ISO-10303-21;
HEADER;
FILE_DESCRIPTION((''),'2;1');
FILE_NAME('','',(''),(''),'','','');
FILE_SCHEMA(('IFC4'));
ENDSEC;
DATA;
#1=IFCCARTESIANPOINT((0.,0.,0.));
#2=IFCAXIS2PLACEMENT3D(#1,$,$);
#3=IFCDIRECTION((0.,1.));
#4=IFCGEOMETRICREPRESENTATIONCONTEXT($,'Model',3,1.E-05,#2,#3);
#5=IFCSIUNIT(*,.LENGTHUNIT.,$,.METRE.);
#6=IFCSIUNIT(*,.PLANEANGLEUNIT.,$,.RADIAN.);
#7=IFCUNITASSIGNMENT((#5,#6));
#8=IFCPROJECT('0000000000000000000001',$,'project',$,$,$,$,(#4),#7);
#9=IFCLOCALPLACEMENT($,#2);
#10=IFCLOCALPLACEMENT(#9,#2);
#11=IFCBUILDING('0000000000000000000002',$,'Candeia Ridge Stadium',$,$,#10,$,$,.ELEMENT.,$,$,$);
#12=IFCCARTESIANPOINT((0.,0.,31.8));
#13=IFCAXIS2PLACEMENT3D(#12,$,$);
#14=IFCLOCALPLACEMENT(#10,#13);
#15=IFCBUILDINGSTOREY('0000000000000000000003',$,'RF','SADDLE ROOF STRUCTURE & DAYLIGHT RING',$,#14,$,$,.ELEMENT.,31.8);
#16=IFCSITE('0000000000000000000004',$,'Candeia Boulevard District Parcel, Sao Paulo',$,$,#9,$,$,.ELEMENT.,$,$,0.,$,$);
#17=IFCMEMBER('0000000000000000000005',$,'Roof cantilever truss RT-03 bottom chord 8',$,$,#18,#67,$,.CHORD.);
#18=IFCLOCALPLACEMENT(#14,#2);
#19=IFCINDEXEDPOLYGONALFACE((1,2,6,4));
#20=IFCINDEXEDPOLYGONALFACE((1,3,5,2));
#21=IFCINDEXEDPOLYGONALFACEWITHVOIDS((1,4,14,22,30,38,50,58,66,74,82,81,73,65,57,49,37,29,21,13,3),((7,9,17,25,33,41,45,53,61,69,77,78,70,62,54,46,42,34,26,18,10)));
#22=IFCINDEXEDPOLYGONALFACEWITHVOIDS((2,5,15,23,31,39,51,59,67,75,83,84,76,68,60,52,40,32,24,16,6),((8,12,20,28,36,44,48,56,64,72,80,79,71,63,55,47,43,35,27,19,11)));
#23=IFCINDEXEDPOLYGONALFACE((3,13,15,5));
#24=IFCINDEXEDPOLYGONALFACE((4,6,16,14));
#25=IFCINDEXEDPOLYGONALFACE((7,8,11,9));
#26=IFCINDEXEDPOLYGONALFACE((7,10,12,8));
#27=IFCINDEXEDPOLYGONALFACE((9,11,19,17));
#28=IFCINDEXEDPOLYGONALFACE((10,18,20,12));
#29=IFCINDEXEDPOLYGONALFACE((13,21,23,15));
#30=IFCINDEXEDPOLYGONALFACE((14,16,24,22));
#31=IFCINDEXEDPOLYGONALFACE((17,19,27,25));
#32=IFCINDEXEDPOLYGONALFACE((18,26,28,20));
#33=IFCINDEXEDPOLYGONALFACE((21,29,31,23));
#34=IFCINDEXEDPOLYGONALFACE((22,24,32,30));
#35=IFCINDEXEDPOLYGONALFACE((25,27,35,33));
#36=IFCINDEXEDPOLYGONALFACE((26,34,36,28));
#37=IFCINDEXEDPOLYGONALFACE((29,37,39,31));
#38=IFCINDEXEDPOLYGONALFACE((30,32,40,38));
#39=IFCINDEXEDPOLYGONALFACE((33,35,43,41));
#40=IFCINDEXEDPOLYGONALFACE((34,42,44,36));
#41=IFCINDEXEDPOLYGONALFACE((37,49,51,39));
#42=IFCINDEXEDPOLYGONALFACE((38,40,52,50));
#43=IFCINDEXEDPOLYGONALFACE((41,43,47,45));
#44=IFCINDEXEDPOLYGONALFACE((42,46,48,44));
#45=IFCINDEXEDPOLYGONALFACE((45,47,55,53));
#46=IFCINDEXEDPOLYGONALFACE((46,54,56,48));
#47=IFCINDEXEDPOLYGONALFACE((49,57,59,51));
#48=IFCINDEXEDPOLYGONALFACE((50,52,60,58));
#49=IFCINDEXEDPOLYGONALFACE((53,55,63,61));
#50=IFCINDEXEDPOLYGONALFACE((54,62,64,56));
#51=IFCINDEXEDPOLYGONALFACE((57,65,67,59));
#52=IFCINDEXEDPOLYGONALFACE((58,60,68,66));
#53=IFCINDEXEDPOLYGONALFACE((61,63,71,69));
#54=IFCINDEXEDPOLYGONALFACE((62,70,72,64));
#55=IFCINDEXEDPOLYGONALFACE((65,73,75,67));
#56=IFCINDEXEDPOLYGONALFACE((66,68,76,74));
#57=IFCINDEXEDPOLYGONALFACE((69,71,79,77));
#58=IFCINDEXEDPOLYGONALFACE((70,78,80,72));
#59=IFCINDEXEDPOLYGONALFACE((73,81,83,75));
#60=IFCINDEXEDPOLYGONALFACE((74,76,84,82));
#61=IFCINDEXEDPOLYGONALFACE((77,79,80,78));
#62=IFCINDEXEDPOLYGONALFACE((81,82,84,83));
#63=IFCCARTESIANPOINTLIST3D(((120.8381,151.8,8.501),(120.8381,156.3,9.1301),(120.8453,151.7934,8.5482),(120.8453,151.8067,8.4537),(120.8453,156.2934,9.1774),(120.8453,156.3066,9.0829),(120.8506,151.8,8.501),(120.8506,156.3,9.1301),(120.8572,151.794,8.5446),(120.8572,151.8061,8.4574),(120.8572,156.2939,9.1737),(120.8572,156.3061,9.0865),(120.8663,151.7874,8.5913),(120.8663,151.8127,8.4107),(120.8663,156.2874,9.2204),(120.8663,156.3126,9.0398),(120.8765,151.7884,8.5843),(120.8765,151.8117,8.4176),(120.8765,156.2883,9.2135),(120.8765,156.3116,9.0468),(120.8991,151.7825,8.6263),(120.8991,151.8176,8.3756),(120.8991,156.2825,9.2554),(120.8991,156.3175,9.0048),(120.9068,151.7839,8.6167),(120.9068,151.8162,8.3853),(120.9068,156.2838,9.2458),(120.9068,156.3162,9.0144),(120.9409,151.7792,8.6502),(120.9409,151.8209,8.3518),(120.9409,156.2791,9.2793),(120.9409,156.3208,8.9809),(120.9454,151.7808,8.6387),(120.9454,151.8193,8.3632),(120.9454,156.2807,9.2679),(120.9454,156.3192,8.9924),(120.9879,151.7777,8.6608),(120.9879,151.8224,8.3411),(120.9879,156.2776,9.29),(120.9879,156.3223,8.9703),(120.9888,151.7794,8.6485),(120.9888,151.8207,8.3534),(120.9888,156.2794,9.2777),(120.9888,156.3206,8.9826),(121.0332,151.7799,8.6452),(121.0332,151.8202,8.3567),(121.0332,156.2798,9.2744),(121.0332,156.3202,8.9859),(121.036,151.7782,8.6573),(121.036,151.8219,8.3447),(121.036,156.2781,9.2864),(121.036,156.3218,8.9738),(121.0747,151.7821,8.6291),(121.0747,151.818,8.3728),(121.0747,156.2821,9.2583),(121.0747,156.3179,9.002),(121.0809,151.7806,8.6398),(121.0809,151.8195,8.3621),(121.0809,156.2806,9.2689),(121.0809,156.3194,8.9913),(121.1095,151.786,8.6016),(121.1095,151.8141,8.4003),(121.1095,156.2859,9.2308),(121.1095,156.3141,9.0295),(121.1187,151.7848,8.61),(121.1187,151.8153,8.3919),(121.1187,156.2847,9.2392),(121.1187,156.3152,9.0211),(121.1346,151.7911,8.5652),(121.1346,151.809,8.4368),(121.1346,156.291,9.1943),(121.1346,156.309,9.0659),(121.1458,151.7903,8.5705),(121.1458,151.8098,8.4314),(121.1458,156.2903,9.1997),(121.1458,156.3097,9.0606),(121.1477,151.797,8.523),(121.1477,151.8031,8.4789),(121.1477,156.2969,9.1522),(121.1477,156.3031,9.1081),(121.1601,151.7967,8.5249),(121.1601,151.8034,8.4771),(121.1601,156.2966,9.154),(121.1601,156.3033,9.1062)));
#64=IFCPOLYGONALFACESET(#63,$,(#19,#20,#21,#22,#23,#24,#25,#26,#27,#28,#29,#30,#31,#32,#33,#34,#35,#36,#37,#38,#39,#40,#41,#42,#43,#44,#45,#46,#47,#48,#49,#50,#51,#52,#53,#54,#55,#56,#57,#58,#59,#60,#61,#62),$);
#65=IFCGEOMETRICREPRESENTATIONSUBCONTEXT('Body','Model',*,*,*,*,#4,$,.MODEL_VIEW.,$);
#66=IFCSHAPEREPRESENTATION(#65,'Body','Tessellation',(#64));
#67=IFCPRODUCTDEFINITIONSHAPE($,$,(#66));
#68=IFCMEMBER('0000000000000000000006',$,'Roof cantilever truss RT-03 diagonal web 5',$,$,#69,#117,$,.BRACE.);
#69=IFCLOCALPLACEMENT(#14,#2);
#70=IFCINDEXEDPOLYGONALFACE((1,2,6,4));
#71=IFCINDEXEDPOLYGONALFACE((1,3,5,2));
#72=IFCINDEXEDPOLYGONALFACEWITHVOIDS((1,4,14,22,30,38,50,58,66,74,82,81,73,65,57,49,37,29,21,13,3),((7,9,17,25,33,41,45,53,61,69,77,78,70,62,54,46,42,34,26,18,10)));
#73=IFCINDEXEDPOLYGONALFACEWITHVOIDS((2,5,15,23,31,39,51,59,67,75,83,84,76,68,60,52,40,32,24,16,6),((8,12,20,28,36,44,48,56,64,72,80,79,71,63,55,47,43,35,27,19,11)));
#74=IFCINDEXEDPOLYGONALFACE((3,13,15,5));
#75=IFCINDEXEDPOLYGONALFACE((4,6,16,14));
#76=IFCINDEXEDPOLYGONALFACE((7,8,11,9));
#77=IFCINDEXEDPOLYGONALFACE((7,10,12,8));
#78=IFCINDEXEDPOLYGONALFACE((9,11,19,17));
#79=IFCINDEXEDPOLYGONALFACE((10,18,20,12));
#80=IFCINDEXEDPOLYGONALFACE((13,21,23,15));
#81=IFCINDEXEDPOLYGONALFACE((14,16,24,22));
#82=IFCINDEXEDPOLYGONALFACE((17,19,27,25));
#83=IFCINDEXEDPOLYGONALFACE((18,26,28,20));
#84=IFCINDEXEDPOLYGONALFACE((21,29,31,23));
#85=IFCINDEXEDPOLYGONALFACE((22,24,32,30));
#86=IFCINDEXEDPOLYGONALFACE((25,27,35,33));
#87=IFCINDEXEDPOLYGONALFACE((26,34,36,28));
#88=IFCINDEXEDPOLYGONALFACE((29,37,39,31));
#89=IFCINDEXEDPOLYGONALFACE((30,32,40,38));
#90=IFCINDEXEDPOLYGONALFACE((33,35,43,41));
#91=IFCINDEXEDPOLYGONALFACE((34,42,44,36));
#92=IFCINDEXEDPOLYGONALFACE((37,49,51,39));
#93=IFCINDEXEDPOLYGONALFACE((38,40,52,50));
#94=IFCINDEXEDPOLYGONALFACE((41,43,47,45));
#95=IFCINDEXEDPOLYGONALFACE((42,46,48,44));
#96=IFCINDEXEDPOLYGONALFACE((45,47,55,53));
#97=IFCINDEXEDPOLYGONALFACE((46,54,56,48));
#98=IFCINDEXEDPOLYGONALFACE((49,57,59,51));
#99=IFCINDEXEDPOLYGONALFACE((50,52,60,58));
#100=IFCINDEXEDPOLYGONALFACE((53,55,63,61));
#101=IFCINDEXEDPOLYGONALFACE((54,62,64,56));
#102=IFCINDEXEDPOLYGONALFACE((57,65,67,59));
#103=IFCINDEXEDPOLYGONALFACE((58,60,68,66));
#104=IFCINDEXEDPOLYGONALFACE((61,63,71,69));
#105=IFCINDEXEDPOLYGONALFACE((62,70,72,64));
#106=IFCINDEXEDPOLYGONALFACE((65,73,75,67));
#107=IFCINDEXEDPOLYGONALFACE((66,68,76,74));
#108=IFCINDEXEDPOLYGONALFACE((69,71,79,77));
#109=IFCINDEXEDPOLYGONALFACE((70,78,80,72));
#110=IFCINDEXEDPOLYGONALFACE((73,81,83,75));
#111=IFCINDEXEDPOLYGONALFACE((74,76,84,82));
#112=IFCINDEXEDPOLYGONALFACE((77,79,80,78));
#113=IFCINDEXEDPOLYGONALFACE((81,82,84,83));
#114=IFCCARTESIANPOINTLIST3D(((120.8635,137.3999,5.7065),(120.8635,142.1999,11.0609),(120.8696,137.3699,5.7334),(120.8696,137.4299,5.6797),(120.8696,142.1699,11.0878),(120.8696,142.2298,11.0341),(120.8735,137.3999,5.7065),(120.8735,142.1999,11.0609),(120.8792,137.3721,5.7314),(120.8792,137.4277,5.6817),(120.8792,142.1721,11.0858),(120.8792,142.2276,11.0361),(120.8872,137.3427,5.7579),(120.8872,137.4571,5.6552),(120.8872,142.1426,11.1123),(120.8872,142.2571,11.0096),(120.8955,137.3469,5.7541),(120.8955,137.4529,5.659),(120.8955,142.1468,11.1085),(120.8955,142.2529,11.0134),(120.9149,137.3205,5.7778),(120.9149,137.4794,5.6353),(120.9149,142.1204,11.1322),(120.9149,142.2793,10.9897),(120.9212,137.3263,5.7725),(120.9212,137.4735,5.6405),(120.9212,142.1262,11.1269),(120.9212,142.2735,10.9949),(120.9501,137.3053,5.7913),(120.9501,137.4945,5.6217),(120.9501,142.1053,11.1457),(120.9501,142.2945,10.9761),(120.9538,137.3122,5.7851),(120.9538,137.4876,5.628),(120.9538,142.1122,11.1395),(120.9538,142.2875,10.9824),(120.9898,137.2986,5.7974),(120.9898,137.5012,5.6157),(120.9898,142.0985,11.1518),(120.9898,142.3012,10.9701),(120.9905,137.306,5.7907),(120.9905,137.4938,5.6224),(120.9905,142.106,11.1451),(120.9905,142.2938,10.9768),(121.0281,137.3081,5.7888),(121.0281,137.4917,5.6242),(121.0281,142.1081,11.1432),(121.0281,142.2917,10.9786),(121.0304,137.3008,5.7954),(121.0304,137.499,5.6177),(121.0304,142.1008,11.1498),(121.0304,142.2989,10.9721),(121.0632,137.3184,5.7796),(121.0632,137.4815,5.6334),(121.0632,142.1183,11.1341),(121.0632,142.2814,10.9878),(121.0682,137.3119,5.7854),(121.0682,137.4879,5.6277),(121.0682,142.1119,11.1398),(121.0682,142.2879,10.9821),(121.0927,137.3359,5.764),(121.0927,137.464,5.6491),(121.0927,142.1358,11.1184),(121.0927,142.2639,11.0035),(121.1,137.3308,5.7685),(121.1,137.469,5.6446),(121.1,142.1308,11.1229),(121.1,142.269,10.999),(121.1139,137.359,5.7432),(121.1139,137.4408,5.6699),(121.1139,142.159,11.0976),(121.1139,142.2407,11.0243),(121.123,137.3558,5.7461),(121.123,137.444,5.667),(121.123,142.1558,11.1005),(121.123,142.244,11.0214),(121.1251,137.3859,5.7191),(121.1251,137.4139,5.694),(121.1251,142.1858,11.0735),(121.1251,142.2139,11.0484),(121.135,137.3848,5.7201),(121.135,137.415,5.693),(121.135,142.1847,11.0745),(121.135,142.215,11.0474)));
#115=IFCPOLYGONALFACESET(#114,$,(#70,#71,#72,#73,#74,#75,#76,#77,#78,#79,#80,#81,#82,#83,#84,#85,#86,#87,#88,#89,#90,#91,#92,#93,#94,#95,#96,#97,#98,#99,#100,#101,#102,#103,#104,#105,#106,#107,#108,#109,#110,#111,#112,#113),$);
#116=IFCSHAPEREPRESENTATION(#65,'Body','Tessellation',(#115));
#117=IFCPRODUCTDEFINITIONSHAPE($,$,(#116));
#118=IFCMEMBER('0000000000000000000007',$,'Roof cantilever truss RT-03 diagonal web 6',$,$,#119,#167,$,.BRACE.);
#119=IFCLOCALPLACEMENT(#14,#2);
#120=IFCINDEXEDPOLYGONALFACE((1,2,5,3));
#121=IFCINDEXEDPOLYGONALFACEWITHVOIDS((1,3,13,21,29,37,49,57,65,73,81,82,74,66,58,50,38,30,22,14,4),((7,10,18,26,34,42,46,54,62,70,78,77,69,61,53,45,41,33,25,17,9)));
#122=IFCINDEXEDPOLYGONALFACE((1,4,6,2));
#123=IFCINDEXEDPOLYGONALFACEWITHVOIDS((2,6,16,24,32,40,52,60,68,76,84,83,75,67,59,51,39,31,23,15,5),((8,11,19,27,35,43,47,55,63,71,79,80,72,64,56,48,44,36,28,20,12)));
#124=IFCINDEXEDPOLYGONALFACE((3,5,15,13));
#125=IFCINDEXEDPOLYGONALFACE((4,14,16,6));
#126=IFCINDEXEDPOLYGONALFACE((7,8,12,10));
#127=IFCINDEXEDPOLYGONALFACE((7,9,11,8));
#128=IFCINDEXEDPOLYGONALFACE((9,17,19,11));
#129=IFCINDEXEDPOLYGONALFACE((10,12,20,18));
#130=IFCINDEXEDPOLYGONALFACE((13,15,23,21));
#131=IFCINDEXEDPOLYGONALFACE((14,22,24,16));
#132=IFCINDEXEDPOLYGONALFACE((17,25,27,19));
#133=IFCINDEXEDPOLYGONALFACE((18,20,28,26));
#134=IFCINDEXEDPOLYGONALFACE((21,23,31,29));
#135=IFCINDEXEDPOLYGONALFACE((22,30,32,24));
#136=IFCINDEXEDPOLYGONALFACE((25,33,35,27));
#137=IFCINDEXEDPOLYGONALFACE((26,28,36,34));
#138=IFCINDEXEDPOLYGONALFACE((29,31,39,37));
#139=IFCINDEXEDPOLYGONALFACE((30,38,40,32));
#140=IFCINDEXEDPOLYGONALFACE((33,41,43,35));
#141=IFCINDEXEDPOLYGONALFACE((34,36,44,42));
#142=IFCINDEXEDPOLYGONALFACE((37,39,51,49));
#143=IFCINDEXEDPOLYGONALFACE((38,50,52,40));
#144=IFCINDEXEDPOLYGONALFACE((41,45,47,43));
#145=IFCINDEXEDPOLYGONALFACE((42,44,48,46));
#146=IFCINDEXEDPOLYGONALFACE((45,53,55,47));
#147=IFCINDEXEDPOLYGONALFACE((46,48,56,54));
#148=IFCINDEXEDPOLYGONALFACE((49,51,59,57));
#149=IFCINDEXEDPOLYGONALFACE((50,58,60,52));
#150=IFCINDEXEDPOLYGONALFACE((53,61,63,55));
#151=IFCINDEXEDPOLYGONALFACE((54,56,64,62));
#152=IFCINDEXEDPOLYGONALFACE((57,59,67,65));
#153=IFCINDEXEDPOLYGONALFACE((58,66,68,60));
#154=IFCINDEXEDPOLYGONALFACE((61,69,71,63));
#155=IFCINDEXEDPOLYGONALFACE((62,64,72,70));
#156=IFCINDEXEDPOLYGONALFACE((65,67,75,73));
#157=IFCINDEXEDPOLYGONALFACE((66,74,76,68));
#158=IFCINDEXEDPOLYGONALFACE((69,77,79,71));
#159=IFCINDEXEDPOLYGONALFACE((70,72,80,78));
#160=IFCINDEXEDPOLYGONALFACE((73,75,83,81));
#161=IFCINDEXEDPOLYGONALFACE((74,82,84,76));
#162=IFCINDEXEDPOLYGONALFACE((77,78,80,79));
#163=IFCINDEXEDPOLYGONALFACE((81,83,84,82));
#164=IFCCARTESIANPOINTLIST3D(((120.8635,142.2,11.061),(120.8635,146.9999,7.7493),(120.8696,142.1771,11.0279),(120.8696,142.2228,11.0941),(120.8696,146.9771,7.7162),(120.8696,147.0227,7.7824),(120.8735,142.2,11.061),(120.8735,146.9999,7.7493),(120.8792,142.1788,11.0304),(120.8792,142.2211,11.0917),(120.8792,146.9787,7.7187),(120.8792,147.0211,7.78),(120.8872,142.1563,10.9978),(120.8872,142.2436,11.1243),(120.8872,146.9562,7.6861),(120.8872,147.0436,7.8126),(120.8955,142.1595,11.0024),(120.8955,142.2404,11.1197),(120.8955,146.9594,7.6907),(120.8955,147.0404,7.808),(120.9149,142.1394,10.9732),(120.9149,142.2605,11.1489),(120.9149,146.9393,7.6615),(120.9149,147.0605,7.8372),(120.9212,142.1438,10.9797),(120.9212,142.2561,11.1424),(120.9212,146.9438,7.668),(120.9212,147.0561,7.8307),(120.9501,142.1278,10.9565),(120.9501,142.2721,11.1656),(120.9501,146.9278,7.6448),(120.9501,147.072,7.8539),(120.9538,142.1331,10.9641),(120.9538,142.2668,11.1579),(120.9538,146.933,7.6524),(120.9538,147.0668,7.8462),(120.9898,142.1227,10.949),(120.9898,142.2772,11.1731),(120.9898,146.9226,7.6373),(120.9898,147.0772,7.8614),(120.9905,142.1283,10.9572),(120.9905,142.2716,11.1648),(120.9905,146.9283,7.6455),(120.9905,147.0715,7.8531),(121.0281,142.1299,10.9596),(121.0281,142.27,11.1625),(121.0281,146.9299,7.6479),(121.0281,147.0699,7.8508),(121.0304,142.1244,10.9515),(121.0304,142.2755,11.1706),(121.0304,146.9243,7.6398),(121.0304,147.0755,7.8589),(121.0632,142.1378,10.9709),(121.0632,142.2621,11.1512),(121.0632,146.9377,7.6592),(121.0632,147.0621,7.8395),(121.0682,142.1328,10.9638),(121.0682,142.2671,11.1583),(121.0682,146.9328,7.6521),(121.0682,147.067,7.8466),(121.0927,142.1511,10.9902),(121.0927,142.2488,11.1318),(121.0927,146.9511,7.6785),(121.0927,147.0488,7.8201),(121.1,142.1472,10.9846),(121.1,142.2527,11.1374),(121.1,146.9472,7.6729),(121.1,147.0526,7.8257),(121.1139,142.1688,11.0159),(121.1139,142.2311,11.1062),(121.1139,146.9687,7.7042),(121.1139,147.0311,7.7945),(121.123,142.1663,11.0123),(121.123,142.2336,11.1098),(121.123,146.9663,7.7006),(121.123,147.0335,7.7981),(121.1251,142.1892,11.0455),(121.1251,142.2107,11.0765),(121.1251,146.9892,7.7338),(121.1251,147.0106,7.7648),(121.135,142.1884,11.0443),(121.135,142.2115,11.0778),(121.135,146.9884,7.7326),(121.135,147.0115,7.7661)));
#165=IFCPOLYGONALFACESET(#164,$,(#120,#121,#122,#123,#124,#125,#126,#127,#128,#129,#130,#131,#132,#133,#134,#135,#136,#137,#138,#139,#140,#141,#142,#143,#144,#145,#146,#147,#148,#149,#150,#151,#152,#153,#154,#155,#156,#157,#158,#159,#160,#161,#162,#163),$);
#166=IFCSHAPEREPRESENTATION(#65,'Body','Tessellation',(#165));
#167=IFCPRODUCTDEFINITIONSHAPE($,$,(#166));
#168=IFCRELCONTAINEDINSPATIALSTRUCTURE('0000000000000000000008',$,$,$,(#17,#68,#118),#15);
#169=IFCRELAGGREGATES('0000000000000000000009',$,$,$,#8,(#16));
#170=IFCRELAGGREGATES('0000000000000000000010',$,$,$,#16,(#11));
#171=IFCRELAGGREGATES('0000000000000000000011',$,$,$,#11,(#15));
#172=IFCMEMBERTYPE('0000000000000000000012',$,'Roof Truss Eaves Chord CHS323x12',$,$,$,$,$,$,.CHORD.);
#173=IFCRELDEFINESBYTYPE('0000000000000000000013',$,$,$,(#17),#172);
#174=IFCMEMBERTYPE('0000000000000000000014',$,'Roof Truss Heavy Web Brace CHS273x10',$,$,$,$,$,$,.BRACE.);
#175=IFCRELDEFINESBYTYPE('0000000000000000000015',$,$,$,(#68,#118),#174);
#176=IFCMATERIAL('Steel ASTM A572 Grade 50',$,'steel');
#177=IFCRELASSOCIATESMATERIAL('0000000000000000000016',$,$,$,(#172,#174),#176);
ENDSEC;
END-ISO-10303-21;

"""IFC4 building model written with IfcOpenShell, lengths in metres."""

from ifc_helpers import new_model, si_unit, direction, frame, origin, origin_2d, place, context, subcontext, project, spatial, hollow_circle, extrude, material, material_profile, profile_set, type_object, element, save


model = new_model("IFC4")

# Units and contexts
model_context = context("Model", 3, precision=1e-05, world=origin(), true_north=direction((0.0, 1.0)))
body_context = subcontext(model_context, "Body", "Model", "MODEL_VIEW")
ifc_project = project(units=[si_unit("LENGTHUNIT", "METRE"), si_unit("PLANEANGLEUNIT", "RADIAN")], contexts=[model_context])

# Site, building, storey
site_placement = place(None, origin())
site = spatial("IfcSite", under=ifc_project, at=site_placement, Name="Candeia Boulevard District Parcel, Sao Paulo", CompositionType="ELEMENT", RefElevation=0.0)
building_placement = place(site_placement, origin())
building = spatial("IfcBuilding", under=site, at=building_placement, Name="Candeia Ridge Stadium", CompositionType="ELEMENT")
storey_placement = place(building_placement, frame((0.0, 0.0, 31.8)))
storey = spatial("IfcBuildingStorey", under=building, at=storey_placement, Name="RF", Description="SADDLE ROOF STRUCTURE & DAYLIGHT RING", CompositionType="ELEMENT", Elevation=31.8)

# Shared definitions
ifc_material_1 = material(Name="Steel ASTM A572 Grade 50", Category="steel")

# Members
ifc_material_profile_1 = material_profile(ifc_material_1, hollow_circle(Radius=0.1619, WallThickness=0.0125, at=origin_2d()), Name="CHS323x12", Category="steel")
ifc_profile_set_1 = profile_set([ifc_material_profile_1], Name="Steel ASTM A572 Grade 50")
member_type_1 = type_object("IfcMemberType", Name="Roof Truss Eaves Chord CHS323x12", PredefinedType="CHORD", material=ifc_profile_set_1)
member_1_placement = place(storey_placement, frame((121.0, 151.8, 8.501), z_axis=(0.0, 0.990367, 0.138464), x_axis=(-1.0, 0.0, 0.0)))
element("IfcMember", 1, at=member_1_placement, inside=storey, type_object=member_type_1, Name="Roof cantilever truss RT-03 bottom chord 8", PredefinedType="CHORD", context=body_context, shape_type="SweptSolid", body=[
    extrude(hollow_circle(Radius=0.1619, WallThickness=0.0125, at=origin_2d()), origin(), (0.0, 0.0, 1.0), 4.5437),
])
ifc_material_profile_2 = material_profile(ifc_material_1, hollow_circle(Radius=0.1365, WallThickness=0.01, at=origin_2d()), Name="CHS273x10", Category="steel")
ifc_profile_set_2 = profile_set([ifc_material_profile_2], Name="Steel ASTM A572 Grade 50")
member_type_2 = type_object("IfcMemberType", Name="Roof Truss Heavy Web Brace CHS273x10", PredefinedType="BRACE", material=ifc_profile_set_2)
member_2_placement = place(storey_placement, frame((121.0, 137.3999, 5.7065), z_axis=(0.0, 0.667504, 0.744606), x_axis=(-1.0, 0.0, 0.0)))
element("IfcMember", 2, at=member_2_placement, inside=storey, type_object=member_type_2, Name="Roof cantilever truss RT-03 diagonal web 5", PredefinedType="BRACE", context=body_context, shape_type="SweptSolid", body=[
    extrude(hollow_circle(Radius=0.1365, WallThickness=0.01, at=origin_2d()), origin(), (0.0, 0.0, 1.0), 7.1909),
])
member_3_placement = place(storey_placement, frame((121.0, 142.2, 11.061), z_axis=(0.0, 0.823101, -0.567894), x_axis=(-1.0, 0.0, 0.0)))
element("IfcMember", 3, at=member_3_placement, inside=storey, type_object=member_type_2, Name="Roof cantilever truss RT-03 diagonal web 6", PredefinedType="BRACE", context=body_context, shape_type="SweptSolid", body=[
    extrude(hollow_circle(Radius=0.1365, WallThickness=0.01, at=origin_2d()), origin(), (0.0, 0.0, 1.0), 5.8315),
])

save(model, "model.ifc")
